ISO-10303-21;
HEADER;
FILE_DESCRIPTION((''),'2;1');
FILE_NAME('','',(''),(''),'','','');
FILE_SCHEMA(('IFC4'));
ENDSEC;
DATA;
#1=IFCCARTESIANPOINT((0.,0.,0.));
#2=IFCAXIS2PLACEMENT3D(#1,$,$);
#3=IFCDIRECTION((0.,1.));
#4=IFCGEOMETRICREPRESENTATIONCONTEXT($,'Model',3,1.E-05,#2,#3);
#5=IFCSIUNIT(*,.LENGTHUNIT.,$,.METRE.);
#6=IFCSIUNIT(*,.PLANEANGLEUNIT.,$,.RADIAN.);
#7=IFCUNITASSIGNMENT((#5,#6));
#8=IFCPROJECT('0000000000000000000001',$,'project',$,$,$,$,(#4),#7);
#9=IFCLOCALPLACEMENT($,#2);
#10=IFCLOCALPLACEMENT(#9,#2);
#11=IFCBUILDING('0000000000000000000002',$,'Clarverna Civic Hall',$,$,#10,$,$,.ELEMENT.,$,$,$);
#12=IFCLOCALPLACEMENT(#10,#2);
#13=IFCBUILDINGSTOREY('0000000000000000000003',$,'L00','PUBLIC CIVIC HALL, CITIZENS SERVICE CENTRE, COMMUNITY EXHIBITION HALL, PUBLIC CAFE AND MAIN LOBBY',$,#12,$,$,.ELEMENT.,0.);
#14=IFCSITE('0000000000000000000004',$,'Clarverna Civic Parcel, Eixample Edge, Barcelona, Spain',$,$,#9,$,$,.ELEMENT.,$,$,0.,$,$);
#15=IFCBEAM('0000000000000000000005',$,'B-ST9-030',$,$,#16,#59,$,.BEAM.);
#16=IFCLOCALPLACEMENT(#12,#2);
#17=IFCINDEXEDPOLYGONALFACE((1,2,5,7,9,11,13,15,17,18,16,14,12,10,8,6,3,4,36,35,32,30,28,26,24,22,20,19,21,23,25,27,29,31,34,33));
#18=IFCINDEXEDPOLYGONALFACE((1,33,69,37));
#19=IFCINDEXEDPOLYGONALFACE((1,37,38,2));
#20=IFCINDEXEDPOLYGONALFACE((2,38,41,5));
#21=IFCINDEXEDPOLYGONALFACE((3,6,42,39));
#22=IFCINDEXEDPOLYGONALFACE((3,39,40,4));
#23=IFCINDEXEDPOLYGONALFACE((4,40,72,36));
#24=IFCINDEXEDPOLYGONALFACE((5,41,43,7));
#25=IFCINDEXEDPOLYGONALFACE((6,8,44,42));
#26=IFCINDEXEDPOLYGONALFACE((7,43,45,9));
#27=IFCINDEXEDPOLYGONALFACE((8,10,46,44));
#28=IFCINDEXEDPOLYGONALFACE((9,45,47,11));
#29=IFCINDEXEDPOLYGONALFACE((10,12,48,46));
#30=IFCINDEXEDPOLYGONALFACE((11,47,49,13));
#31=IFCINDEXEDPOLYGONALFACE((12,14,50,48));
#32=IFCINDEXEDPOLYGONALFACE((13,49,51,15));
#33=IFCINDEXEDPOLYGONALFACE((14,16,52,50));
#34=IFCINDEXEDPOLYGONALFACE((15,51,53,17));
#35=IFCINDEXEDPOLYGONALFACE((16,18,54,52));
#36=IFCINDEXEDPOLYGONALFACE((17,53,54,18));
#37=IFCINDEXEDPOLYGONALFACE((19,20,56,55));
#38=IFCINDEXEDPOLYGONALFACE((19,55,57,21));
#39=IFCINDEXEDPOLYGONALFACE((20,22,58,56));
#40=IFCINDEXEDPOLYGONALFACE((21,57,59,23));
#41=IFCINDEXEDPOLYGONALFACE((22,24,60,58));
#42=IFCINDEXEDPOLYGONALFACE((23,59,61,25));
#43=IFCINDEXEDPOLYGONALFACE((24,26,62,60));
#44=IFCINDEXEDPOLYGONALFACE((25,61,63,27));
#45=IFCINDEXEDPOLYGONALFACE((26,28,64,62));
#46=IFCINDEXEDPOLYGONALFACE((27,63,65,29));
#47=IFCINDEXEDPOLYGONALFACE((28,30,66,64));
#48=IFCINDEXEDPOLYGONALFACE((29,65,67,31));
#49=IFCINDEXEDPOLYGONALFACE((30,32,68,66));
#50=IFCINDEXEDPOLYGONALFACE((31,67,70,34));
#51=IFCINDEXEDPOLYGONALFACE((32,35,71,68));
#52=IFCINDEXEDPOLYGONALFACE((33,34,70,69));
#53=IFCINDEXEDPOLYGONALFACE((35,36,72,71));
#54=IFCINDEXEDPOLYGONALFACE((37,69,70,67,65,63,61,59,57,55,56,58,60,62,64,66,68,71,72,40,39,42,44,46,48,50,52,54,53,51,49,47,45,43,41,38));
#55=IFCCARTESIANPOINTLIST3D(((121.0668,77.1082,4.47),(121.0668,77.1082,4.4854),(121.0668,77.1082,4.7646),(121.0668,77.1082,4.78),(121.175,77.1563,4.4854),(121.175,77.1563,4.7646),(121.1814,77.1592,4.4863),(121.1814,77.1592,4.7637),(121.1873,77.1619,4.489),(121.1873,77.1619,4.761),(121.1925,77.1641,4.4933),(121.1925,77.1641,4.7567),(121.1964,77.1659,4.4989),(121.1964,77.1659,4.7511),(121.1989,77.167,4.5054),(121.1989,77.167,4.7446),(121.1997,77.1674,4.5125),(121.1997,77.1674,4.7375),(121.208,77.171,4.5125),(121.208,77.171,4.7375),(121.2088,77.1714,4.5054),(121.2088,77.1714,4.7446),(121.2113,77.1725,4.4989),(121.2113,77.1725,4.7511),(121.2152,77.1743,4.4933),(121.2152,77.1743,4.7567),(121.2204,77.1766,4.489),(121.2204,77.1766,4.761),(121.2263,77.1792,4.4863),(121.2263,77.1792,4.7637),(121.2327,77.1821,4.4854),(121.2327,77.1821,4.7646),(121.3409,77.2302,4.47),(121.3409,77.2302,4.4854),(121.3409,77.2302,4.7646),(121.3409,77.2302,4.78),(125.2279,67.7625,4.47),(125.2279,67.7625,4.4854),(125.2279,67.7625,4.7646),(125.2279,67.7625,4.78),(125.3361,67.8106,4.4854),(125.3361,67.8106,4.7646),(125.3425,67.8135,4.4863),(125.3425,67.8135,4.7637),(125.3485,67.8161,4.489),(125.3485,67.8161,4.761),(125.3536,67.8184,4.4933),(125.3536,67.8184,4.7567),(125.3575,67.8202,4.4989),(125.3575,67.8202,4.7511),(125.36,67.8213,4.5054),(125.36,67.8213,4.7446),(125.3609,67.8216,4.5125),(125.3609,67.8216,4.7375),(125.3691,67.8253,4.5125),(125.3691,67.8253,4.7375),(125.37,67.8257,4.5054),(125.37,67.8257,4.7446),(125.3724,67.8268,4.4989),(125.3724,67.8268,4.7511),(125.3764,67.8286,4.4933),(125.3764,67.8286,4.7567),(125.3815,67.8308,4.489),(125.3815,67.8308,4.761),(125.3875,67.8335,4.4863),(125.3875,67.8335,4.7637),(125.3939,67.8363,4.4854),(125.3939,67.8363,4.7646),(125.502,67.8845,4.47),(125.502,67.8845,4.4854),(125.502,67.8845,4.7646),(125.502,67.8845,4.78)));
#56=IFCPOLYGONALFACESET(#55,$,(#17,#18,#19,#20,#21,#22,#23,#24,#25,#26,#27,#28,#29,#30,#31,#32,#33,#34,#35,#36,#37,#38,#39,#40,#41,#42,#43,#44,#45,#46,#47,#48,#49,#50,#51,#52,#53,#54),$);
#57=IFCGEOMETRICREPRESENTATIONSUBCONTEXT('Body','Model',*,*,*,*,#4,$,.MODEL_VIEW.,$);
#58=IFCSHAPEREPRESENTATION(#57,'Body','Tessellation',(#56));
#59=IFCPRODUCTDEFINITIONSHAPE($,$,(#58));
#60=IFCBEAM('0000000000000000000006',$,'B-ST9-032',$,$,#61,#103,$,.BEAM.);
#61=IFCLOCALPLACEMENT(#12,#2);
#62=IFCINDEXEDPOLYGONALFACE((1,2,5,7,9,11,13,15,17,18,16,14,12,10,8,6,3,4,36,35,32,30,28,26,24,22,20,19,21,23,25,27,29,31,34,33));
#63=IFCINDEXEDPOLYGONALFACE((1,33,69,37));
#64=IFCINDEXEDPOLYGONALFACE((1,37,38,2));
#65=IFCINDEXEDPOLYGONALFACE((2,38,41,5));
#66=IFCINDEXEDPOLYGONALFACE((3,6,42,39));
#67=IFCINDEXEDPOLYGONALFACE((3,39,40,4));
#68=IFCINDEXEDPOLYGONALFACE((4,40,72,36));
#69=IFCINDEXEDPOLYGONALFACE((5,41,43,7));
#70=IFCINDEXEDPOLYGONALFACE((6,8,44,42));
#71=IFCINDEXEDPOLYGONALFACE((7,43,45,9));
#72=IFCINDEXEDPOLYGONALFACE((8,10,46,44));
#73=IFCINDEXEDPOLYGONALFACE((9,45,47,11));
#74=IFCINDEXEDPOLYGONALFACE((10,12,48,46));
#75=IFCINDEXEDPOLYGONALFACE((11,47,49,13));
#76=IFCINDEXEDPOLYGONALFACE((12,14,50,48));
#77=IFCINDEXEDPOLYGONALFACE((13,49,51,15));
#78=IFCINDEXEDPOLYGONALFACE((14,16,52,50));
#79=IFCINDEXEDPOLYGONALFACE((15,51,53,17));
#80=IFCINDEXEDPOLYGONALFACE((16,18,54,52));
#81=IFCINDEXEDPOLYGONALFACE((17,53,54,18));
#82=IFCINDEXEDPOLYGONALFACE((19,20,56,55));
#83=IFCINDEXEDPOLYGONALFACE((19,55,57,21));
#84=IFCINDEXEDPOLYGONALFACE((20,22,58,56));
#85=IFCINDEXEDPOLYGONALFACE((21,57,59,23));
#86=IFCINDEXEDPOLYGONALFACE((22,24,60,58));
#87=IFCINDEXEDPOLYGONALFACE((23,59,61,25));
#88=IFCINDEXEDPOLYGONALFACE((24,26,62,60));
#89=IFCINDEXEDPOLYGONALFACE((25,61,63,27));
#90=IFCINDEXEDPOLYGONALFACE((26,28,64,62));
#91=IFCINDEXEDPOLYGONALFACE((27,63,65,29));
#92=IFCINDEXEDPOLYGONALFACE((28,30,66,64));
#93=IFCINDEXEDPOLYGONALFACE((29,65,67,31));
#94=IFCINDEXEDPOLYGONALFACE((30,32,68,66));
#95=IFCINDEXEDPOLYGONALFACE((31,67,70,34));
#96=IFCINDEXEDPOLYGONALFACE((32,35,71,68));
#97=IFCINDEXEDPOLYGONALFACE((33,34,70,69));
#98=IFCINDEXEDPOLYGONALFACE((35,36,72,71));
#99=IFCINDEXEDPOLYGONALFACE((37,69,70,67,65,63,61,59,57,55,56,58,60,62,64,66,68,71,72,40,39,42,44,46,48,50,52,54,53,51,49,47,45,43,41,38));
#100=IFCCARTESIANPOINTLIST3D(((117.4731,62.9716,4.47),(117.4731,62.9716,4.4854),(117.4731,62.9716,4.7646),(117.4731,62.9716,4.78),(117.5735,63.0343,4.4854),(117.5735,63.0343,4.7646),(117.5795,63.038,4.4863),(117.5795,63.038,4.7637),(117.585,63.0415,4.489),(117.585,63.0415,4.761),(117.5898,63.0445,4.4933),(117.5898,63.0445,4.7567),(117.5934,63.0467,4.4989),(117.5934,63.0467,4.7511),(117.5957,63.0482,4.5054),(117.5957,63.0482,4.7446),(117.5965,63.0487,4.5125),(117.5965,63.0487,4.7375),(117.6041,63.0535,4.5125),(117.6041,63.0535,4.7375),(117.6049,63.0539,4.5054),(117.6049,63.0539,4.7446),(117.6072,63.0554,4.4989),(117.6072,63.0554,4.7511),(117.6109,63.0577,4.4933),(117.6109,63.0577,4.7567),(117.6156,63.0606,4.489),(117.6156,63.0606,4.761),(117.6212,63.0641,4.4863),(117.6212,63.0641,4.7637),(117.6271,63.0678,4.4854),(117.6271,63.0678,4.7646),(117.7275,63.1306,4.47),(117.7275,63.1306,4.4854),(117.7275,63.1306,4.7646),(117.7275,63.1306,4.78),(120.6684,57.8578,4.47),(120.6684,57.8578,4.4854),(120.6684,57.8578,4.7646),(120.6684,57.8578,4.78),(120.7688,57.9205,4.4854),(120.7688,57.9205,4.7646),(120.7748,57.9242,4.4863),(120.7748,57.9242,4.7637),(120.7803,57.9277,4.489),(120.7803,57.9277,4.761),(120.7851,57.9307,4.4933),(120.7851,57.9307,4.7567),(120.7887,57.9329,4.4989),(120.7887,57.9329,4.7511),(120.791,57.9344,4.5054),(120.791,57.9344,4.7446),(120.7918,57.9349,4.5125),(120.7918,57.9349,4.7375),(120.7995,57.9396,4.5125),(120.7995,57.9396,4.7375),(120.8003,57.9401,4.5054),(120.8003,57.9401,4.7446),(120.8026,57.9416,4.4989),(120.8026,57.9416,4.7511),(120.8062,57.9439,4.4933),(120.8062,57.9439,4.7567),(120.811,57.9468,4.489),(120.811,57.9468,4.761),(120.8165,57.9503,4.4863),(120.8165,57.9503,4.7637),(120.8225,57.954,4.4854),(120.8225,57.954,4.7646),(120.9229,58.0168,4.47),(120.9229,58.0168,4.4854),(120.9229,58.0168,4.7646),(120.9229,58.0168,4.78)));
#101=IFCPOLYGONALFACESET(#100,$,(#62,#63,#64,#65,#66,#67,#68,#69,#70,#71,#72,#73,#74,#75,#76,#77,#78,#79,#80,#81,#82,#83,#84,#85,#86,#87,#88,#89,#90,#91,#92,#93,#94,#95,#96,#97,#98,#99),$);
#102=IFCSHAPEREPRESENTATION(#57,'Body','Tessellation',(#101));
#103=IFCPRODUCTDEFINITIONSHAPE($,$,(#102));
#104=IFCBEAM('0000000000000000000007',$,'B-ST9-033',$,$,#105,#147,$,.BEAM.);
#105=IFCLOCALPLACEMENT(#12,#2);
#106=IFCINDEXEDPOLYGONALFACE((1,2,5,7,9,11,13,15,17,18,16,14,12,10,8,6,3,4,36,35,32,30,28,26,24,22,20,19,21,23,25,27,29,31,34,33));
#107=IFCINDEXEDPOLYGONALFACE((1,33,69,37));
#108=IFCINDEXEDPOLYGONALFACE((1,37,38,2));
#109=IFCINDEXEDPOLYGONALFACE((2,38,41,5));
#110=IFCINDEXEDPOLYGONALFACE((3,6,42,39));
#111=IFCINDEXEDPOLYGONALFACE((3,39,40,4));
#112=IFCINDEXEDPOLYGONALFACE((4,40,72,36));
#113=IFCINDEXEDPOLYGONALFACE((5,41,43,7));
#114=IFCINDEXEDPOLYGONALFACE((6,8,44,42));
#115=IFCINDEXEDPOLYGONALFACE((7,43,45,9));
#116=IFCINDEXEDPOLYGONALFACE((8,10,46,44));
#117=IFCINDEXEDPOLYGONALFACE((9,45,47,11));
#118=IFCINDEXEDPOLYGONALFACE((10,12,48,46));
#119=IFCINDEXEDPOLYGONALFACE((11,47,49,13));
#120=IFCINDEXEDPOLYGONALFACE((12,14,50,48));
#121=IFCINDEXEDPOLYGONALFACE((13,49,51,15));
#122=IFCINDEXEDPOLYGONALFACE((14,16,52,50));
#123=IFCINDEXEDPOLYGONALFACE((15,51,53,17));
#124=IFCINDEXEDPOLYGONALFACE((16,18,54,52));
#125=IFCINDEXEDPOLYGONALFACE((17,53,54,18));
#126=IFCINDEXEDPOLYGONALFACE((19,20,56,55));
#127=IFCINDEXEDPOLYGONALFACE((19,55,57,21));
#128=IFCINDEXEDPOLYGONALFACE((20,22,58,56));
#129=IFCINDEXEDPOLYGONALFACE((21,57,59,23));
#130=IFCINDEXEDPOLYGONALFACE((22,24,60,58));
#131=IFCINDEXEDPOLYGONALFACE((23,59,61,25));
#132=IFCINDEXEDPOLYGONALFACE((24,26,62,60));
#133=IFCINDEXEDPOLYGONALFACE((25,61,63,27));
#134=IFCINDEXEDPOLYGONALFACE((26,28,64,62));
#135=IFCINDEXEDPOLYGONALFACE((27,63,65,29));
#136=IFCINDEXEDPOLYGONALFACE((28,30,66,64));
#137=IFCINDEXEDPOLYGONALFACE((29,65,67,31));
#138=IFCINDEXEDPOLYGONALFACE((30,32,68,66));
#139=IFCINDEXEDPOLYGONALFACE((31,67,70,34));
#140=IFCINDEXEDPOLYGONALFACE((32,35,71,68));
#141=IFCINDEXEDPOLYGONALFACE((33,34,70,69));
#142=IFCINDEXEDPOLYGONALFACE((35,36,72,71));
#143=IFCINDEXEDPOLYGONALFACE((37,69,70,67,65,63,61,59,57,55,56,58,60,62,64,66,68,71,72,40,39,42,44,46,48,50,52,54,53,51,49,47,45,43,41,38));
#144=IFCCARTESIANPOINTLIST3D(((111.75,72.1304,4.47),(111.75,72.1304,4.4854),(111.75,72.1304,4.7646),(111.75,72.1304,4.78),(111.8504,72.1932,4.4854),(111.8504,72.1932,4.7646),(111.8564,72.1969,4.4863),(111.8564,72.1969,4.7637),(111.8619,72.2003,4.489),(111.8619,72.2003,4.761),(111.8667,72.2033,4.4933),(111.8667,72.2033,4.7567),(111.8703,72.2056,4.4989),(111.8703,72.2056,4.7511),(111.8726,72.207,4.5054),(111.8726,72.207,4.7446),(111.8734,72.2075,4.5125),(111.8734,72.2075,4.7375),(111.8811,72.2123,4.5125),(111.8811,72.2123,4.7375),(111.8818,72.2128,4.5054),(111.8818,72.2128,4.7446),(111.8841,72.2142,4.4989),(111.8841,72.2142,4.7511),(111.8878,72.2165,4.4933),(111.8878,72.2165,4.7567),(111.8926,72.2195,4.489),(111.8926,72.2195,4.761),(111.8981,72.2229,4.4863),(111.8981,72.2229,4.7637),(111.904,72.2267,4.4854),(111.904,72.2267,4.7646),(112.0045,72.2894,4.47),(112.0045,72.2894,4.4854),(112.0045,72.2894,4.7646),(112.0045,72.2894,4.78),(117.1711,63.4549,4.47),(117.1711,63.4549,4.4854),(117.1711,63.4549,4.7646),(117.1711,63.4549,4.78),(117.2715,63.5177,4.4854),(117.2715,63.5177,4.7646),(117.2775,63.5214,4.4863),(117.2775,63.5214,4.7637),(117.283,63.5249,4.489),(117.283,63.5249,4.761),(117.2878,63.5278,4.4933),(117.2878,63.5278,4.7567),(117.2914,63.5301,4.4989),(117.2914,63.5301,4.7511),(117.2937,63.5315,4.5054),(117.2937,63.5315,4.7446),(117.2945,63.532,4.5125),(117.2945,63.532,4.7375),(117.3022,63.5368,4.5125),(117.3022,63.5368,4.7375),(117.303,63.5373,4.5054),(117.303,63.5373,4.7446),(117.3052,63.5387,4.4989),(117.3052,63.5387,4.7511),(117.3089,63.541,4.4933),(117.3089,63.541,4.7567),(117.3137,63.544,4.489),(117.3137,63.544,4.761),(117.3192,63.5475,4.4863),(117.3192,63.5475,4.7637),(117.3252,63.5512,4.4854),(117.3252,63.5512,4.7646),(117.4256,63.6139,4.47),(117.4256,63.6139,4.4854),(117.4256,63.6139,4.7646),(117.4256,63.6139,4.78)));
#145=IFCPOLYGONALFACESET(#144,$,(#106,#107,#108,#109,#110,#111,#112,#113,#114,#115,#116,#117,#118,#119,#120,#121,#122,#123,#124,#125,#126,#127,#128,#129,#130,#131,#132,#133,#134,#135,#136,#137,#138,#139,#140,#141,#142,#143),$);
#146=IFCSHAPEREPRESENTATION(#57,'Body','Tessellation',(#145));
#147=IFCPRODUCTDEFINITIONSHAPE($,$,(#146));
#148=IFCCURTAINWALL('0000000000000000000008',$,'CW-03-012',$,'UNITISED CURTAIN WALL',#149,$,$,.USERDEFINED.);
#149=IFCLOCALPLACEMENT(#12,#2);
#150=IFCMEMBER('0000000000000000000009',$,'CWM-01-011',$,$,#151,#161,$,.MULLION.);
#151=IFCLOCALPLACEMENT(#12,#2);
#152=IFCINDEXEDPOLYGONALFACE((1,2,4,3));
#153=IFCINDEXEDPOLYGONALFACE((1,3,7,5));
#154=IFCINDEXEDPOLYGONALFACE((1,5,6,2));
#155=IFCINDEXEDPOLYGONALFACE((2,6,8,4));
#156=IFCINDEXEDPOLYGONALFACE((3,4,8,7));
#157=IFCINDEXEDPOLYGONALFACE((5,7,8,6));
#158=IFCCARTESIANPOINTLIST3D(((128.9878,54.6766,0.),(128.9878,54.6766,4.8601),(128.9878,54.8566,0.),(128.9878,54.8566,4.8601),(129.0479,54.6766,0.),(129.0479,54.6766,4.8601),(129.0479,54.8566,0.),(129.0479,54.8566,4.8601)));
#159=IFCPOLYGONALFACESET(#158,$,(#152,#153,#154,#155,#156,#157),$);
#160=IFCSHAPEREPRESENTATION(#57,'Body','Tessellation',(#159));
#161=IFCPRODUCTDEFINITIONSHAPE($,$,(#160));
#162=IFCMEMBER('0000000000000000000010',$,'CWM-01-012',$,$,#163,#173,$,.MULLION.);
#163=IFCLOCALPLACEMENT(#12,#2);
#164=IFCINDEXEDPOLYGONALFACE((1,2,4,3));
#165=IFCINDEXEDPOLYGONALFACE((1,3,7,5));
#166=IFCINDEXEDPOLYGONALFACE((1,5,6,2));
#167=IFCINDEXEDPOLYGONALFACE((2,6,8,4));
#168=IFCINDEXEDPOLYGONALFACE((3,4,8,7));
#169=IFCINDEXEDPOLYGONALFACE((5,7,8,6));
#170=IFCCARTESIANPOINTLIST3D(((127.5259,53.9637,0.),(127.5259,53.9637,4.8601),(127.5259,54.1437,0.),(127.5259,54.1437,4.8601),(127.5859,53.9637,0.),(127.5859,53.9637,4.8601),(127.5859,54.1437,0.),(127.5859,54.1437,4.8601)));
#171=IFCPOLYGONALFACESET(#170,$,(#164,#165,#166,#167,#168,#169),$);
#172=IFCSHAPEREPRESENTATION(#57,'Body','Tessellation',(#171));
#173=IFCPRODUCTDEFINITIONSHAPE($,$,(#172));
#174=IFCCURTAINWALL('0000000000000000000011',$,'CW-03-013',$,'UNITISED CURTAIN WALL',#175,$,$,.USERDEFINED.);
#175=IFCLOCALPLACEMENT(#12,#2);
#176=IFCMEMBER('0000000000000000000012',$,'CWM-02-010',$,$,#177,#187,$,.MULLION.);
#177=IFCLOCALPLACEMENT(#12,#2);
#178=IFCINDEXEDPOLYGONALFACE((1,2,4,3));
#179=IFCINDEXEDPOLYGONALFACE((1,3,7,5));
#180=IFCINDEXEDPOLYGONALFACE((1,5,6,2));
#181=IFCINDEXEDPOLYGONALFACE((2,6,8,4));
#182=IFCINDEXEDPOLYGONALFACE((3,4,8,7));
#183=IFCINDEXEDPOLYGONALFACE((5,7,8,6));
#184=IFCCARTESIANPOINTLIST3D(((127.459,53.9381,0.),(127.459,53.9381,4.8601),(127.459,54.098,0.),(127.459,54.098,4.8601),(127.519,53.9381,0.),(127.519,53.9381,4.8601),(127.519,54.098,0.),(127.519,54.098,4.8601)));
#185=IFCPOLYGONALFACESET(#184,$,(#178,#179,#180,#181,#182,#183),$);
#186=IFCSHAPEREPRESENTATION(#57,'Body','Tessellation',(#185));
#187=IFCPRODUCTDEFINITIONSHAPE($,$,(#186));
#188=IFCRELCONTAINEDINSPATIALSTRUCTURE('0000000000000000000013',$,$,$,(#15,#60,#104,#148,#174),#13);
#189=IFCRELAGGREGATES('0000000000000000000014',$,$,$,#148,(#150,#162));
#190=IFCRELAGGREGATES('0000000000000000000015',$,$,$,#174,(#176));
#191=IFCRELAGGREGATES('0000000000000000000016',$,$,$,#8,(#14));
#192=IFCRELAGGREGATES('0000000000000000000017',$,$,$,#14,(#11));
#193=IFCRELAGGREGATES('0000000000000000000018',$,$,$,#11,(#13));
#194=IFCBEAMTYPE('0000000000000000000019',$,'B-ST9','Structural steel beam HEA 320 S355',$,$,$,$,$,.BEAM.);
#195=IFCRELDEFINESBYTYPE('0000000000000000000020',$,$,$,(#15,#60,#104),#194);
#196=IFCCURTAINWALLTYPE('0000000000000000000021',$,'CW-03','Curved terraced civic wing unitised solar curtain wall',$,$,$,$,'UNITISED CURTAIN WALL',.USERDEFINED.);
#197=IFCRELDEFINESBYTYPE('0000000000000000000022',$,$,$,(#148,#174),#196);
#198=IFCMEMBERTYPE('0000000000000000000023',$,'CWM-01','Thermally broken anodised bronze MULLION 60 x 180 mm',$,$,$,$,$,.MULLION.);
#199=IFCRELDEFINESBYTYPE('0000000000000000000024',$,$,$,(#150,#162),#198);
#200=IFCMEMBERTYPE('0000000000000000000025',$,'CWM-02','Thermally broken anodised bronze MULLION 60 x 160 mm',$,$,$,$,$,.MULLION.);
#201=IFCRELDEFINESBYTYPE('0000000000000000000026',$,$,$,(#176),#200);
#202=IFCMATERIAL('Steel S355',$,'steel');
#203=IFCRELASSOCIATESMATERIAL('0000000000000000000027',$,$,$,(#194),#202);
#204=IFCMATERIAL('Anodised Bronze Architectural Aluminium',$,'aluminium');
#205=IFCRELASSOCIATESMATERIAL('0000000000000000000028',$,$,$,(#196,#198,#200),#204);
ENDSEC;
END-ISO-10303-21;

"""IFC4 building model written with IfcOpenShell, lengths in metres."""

from ifc_helpers import new_model, si_unit, direction, frame, origin, origin_2d, place, context, subcontext, project, spatial, rectangle, i_section, extrude, material, material_profile, profile_set, type_object, element, aggregate, save


model = new_model("IFC4")

# Units and contexts
model_context = context("Model", 3, precision=1e-05, world=origin(), true_north=direction((0.0, 1.0)))
body_context = subcontext(model_context, "Body", "Model", "MODEL_VIEW")
ifc_project = project(units=[si_unit("LENGTHUNIT", "METRE"), si_unit("PLANEANGLEUNIT", "RADIAN")], contexts=[model_context])

# Site, building, storey
site_placement = place(None, origin())
site = spatial("IfcSite", under=ifc_project, at=site_placement, Name="Clarverna Civic Parcel, Eixample Edge, Barcelona, Spain", CompositionType="ELEMENT", RefElevation=0.0)
building_placement = place(site_placement, origin())
building = spatial("IfcBuilding", under=site, at=building_placement, Name="Clarverna Civic Hall", CompositionType="ELEMENT")
storey_placement = place(building_placement, origin())
storey = spatial("IfcBuildingStorey", under=building, at=storey_placement, Name="L00", Description="PUBLIC CIVIC HALL, CITIZENS SERVICE CENTRE, COMMUNITY EXHIBITION HALL, PUBLIC CAFE AND MAIN LOBBY", CompositionType="ELEMENT", Elevation=0.0)

# Beams
ifc_material_1 = material(Name="Steel S355", Category="steel")
ifc_material_profile_1 = material_profile(ifc_material_1, i_section(OverallWidth=0.3, OverallDepth=0.3101, WebThickness=0.009, FlangeThickness=0.0154, FilletRadius=0.0271, at=origin_2d()), Name="HEA 320")
ifc_profile_set_1 = profile_set([ifc_material_profile_1], Name="Steel S355")
beam_type_1 = type_object("IfcBeamType", Name="B-ST9", Description="Structural steel beam HEA 320 S355", PredefinedType="BEAM", material=ifc_profile_set_1)
beam_1_placement = place(storey_placement, frame((125.365, 67.8235, 4.625), z_axis=(-0.40675, 0.91354, 0.0), x_axis=(-0.91354, -0.40675, 0.0)))
element("IfcBeam", 1, at=beam_1_placement, inside=storey, type_object=beam_type_1, Name="B-ST9-030", PredefinedType="BEAM", context=body_context, shape_type="SweptSolid", body=[
    extrude(i_section(OverallWidth=0.3, OverallDepth=0.3101, WebThickness=0.009, FlangeThickness=0.0154, FilletRadius=0.0271, at=origin_2d()), origin(), (0.0, 0.0, 1.0), 10.2302),
])
beam_2_placement = place(storey_placement, frame((120.7957, 57.9373, 4.625), z_axis=(-0.529904, 0.848057, 0.0), x_axis=(-0.848057, -0.529904, 0.0)))
element("IfcBeam", 2, at=beam_2_placement, inside=storey, type_object=beam_type_1, Name="B-ST9-032", PredefinedType="BEAM", context=body_context, shape_type="SweptSolid", body=[
    extrude(i_section(OverallWidth=0.3, OverallDepth=0.3101, WebThickness=0.009, FlangeThickness=0.0154, FilletRadius=0.0271, at=origin_2d()), origin(), (0.0, 0.0, 1.0), 6.03),
])
beam_3_placement = place(storey_placement, frame((117.2983, 63.5344, 4.625), z_axis=(-0.529924, 0.848045, 0.0), x_axis=(-0.848045, -0.529924, 0.0)))
element("IfcBeam", 3, at=beam_3_placement, inside=storey, type_object=beam_type_1, Name="B-ST9-033", PredefinedType="BEAM", context=body_context, shape_type="SweptSolid", body=[
    extrude(i_section(OverallWidth=0.3, OverallDepth=0.3101, WebThickness=0.009, FlangeThickness=0.0154, FilletRadius=0.0271, at=origin_2d()), origin(), (0.0, 0.0, 1.0), 10.23),
])

# Curtain walls, members
ifc_material_2 = material(Name="Anodised Bronze Architectural Aluminium", Category="aluminium")
curtain_wall_type = type_object("IfcCurtainWallType", Name="CW-03", Description="Curved terraced civic wing unitised solar curtain wall", ElementType="UNITISED CURTAIN WALL", PredefinedType="USERDEFINED", material=ifc_material_2)
curtain_wall_1_placement = place(storey_placement, origin())
curtain_wall_1 = element("IfcCurtainWall", 4, at=curtain_wall_1_placement, inside=storey, type_object=curtain_wall_type, Name="CW-03-012", ObjectType="UNITISED CURTAIN WALL", PredefinedType="USERDEFINED")
ifc_material_profile_2 = material_profile(ifc_material_2, rectangle(XDim=0.0601, YDim=0.1799, at=origin_2d()), Name="BRONZE 60x180")
ifc_profile_set_2 = profile_set([ifc_material_profile_2], Name="Anodised Bronze Architectural Aluminium")
member_type_1 = type_object("IfcMemberType", Name="CWM-01", Description="Thermally broken anodised bronze MULLION 60 x 180 mm", PredefinedType="MULLION", material=ifc_profile_set_2)
member_1_placement = place(storey_placement, frame((129.0178, 54.7666, 0.0), z_axis=(0.0, 0.0, 1.0), x_axis=(1.0, 0.0, 0.0)))
member_1 = element("IfcMember", 5, at=member_1_placement, type_object=member_type_1, Name="CWM-01-011", PredefinedType="MULLION", context=body_context, shape_type="SweptSolid", body=[
    extrude(rectangle(XDim=0.0601, YDim=0.1799, at=origin_2d()), origin(), (0.0, 0.0, 1.0), 4.8601),
])
member_2_placement = place(storey_placement, frame((127.5559, 54.0537, 0.0), z_axis=(0.0, 0.0, 1.0), x_axis=(1.0, 0.0, 0.0)))
member_2 = element("IfcMember", 6, at=member_2_placement, type_object=member_type_1, Name="CWM-01-012", PredefinedType="MULLION", context=body_context, shape_type="SweptSolid", body=[
    extrude(rectangle(XDim=0.0601, YDim=0.1799, at=origin_2d()), origin(), (0.0, 0.0, 1.0), 4.8601),
])
curtain_wall_2_placement = place(storey_placement, origin())
curtain_wall_2 = element("IfcCurtainWall", 7, at=curtain_wall_2_placement, inside=storey, type_object=curtain_wall_type, Name="CW-03-013", ObjectType="UNITISED CURTAIN WALL", PredefinedType="USERDEFINED")
ifc_material_profile_3 = material_profile(ifc_material_2, rectangle(XDim=0.0601, YDim=0.1599, at=origin_2d()), Name="BRONZE 60x160")
ifc_profile_set_3 = profile_set([ifc_material_profile_3], Name="Anodised Bronze Architectural Aluminium")
member_type_2 = type_object("IfcMemberType", Name="CWM-02", Description="Thermally broken anodised bronze MULLION 60 x 160 mm", PredefinedType="MULLION", material=ifc_profile_set_3)
member_3_placement = place(storey_placement, frame((127.489, 54.0181, 0.0), z_axis=(0.0, 0.0, 1.0), x_axis=(1.0, 0.0, 0.0)))
member_3 = element("IfcMember", 8, at=member_3_placement, type_object=member_type_2, Name="CWM-02-010", PredefinedType="MULLION", context=body_context, shape_type="SweptSolid", body=[
    extrude(rectangle(XDim=0.0601, YDim=0.1599, at=origin_2d()), origin(), (0.0, 0.0, 1.0), 4.8601),
])

aggregate(curtain_wall_1, [member_1, member_2])
aggregate(curtain_wall_2, [member_3])

save(model, "model.ifc")
